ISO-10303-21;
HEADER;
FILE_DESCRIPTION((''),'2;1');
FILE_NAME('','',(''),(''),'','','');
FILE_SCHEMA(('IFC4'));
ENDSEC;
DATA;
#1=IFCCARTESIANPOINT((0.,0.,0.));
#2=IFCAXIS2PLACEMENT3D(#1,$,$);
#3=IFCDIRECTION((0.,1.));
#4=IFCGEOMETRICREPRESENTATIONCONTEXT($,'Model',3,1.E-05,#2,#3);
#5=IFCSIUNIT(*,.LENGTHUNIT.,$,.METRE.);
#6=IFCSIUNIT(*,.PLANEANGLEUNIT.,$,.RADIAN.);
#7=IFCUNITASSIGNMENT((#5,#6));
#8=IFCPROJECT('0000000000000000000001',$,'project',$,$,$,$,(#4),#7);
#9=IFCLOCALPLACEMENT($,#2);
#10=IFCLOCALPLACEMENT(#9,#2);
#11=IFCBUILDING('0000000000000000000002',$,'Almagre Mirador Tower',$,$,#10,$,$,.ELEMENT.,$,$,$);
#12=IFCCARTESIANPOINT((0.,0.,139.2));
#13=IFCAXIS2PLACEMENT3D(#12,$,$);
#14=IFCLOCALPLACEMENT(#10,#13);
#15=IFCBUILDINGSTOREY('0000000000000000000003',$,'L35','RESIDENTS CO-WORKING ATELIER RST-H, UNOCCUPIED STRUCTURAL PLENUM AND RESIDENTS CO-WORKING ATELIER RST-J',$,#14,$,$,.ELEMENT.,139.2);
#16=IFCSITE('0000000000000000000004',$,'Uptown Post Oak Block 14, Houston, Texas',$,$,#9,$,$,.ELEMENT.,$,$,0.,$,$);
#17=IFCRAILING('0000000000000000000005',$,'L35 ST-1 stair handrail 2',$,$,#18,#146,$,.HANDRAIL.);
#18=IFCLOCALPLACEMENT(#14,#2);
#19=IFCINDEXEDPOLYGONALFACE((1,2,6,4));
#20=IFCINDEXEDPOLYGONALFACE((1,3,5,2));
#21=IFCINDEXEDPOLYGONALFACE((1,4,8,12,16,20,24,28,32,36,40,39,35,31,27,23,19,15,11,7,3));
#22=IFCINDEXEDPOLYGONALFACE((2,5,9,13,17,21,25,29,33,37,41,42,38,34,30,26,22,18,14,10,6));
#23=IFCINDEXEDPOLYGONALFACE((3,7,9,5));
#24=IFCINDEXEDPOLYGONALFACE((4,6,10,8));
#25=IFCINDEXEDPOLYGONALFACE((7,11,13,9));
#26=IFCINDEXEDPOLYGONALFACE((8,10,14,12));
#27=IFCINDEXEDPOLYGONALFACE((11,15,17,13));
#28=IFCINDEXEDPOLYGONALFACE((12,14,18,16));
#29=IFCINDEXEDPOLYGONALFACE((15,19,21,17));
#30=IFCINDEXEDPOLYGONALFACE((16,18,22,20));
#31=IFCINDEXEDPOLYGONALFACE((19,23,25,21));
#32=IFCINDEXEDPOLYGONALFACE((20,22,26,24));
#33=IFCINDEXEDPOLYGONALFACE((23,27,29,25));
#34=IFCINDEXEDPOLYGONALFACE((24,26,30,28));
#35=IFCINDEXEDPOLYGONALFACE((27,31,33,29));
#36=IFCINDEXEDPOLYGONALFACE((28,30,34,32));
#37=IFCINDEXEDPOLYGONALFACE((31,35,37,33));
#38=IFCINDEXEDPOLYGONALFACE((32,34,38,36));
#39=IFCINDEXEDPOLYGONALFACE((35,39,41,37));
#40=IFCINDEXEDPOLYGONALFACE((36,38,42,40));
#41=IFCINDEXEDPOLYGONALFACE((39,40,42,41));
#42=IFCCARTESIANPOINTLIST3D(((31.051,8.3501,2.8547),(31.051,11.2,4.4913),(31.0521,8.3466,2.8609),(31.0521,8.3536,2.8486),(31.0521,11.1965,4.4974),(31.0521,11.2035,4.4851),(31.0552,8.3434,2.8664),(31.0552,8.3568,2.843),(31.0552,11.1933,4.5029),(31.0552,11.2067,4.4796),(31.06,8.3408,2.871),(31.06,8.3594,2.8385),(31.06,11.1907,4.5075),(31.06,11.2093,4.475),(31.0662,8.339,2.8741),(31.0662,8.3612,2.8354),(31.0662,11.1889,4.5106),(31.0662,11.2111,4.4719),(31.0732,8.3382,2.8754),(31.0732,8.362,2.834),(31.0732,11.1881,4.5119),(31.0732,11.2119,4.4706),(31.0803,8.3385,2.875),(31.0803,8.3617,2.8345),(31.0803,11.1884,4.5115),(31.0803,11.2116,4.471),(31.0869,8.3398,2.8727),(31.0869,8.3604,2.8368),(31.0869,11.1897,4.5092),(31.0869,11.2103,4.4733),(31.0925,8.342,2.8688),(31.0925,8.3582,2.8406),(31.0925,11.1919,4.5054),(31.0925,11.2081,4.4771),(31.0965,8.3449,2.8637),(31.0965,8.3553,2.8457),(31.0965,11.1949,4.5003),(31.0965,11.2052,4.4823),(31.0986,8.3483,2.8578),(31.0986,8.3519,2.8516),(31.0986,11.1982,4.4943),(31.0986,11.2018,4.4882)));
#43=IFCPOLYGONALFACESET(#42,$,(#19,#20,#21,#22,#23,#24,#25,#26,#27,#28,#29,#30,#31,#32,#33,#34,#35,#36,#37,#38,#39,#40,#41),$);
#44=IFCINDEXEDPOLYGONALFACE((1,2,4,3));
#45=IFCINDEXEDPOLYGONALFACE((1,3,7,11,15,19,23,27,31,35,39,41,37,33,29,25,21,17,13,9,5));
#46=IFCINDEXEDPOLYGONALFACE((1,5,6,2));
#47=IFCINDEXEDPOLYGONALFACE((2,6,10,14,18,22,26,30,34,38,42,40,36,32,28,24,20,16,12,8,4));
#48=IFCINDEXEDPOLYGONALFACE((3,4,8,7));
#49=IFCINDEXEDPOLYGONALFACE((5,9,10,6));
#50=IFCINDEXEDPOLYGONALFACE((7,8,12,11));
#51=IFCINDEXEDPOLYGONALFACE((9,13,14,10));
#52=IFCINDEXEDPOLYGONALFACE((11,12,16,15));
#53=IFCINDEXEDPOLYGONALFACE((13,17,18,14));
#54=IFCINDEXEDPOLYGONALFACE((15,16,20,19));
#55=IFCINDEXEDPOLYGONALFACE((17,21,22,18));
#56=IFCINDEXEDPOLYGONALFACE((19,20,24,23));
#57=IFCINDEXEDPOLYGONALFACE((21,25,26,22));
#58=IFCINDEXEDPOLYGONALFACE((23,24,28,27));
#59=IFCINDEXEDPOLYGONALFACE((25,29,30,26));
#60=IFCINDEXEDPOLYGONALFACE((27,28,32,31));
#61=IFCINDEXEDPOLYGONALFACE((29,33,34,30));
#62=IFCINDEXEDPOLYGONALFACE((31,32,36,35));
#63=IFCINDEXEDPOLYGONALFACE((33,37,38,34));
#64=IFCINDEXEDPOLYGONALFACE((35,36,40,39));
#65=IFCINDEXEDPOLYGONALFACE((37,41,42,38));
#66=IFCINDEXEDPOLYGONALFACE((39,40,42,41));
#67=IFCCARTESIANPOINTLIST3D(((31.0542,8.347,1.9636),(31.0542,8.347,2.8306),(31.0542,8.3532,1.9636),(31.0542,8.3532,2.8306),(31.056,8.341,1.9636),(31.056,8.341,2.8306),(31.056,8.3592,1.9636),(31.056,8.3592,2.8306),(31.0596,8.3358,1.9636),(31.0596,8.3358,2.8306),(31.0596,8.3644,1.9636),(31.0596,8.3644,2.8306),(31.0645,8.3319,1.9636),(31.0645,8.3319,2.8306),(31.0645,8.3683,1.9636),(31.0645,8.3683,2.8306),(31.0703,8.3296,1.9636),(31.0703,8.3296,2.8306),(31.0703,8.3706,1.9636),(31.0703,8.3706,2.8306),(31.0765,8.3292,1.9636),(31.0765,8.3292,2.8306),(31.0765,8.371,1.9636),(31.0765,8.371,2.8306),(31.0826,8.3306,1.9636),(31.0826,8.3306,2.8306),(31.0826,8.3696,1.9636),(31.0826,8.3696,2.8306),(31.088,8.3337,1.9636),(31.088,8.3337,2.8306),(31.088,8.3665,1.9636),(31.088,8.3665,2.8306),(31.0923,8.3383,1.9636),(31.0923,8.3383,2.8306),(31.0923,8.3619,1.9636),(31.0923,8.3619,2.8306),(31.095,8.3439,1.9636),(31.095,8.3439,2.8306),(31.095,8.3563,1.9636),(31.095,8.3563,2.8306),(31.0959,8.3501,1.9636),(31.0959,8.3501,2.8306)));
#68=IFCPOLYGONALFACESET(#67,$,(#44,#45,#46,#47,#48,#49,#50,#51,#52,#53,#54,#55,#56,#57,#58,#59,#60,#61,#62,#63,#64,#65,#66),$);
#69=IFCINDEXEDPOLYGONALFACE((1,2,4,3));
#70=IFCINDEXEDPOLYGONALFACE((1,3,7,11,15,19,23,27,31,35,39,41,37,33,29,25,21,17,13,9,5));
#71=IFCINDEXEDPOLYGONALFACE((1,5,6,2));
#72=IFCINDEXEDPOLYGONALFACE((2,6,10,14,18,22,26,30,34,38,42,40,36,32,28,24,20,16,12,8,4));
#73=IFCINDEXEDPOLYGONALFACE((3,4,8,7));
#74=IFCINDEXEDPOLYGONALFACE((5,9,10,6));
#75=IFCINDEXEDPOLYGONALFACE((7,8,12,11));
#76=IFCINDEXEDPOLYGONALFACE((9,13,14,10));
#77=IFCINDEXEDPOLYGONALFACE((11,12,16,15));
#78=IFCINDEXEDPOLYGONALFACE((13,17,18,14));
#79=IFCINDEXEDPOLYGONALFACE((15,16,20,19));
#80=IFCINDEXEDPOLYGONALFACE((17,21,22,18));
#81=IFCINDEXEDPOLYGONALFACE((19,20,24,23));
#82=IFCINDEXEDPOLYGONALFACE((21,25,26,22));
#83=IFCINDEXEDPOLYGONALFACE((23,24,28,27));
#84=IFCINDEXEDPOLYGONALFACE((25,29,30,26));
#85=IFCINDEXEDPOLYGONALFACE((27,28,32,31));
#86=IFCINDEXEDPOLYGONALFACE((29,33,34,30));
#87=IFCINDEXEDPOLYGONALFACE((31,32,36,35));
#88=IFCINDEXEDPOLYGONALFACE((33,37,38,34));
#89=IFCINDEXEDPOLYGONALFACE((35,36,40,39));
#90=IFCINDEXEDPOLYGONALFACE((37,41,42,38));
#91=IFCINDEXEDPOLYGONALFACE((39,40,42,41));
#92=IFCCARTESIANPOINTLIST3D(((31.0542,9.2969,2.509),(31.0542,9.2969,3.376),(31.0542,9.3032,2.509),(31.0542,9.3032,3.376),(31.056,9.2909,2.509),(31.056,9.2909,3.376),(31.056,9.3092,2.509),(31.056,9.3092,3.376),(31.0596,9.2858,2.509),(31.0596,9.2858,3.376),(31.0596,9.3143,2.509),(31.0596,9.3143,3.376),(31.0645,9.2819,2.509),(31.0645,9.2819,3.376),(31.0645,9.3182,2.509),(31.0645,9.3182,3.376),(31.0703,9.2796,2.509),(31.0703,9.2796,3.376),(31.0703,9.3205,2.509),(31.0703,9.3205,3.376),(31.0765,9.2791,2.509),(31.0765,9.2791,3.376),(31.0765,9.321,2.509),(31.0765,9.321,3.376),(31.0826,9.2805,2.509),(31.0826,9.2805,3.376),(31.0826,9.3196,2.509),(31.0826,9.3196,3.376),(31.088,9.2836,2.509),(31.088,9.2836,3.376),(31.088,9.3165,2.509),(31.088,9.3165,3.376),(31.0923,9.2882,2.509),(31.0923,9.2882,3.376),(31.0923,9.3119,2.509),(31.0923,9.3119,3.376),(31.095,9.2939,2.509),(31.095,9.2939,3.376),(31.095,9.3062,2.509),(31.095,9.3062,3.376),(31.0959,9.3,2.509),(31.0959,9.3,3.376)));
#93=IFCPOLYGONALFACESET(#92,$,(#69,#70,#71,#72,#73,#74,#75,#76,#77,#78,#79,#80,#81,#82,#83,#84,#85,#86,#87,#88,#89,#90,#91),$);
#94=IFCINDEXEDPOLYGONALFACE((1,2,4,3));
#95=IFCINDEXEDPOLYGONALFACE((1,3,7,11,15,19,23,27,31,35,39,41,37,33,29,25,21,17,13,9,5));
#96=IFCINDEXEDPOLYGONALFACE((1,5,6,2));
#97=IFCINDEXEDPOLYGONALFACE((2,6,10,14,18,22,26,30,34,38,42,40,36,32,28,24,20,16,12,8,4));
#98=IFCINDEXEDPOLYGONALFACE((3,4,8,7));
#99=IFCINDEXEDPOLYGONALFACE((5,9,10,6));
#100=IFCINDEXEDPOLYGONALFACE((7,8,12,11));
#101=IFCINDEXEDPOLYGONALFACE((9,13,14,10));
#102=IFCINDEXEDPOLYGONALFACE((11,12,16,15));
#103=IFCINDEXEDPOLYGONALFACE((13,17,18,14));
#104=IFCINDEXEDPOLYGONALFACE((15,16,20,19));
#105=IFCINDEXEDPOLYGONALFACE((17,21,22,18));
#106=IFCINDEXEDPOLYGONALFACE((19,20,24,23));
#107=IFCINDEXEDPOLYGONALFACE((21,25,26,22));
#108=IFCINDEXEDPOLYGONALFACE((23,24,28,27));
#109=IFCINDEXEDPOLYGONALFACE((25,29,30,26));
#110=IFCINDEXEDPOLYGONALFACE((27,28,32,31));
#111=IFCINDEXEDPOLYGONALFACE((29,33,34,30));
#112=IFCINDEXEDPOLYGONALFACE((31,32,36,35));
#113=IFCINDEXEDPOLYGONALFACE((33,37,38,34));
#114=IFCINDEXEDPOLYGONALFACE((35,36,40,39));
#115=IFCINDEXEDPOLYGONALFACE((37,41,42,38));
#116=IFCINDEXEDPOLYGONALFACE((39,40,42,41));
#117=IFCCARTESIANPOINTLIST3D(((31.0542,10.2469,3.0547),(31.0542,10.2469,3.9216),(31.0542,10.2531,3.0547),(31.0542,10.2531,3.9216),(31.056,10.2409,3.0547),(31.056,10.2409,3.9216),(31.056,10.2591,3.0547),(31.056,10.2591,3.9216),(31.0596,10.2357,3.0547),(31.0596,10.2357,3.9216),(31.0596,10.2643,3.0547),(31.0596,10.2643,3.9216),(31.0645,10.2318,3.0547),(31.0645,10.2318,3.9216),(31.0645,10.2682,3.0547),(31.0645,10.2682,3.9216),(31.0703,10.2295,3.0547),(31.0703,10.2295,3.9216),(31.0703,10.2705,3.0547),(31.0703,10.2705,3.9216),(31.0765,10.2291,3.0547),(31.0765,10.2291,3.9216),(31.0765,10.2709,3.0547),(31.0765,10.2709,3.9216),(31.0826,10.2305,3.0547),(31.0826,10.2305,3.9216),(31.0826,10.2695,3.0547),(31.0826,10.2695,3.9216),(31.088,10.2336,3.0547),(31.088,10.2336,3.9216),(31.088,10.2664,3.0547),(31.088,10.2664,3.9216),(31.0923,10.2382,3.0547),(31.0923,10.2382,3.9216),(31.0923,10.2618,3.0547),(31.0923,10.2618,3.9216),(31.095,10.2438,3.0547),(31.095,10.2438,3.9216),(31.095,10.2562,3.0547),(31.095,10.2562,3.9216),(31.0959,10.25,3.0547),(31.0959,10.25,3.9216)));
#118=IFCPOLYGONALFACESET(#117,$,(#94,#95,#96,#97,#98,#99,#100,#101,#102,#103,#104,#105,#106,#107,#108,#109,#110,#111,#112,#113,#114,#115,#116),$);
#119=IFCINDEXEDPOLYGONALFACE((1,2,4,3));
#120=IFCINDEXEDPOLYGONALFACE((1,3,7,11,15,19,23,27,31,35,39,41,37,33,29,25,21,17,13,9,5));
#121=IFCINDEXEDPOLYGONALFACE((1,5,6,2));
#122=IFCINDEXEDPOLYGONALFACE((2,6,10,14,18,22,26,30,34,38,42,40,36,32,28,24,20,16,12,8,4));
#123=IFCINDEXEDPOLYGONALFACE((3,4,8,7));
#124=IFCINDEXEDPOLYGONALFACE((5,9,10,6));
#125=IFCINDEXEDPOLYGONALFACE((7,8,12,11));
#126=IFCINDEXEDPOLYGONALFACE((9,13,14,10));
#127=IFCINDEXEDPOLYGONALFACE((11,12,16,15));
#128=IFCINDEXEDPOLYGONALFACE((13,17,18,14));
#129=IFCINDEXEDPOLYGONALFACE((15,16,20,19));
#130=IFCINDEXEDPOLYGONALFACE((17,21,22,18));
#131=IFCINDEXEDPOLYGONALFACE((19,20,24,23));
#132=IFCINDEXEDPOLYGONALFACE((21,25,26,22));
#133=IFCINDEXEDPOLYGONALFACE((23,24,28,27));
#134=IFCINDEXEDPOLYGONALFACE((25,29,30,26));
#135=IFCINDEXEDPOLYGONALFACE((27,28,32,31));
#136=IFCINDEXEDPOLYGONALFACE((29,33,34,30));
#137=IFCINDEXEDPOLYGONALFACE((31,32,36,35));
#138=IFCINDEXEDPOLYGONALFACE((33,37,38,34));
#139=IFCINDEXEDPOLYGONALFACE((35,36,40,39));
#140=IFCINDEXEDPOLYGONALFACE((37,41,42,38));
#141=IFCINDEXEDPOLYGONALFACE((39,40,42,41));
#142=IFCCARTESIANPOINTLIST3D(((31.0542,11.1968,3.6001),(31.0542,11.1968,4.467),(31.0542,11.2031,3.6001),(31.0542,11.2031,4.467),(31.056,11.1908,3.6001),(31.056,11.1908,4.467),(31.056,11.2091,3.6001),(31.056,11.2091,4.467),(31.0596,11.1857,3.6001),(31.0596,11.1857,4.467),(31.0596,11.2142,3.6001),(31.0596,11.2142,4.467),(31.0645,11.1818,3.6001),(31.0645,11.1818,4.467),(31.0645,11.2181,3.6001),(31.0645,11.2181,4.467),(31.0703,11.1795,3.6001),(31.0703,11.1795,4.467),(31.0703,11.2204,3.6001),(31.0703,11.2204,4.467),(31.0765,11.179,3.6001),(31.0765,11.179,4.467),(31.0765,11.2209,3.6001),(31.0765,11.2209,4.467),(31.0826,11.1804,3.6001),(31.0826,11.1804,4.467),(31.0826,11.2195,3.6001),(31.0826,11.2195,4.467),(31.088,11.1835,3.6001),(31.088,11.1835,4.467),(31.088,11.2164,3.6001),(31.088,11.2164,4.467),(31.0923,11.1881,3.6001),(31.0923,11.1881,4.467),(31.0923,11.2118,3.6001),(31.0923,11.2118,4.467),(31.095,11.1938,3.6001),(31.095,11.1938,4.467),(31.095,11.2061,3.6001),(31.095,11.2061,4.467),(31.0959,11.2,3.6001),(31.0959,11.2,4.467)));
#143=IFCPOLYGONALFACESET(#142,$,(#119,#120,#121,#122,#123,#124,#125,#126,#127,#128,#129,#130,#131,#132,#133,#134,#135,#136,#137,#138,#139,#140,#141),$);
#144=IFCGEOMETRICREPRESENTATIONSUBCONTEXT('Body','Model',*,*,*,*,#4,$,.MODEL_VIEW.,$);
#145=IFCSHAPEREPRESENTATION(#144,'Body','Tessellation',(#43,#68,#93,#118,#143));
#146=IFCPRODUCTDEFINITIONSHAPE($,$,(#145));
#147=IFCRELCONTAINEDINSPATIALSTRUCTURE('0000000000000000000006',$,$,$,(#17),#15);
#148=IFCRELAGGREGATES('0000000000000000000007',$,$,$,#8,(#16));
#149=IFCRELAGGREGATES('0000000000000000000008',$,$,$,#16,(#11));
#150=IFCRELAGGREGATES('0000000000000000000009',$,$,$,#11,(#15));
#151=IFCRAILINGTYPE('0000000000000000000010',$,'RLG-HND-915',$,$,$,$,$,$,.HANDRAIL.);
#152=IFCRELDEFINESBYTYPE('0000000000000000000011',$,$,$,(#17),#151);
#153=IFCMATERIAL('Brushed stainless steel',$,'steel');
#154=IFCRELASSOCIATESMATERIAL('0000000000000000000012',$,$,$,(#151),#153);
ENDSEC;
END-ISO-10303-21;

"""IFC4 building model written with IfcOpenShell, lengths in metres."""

from ifc_helpers import new_model, si_unit, direction, frame, origin, origin_2d, place, context, subcontext, project, spatial, circle, extrude, material, type_object, element, save


model = new_model("IFC4")

# Units and contexts
model_context = context("Model", 3, precision=1e-05, world=origin(), true_north=direction((0.0, 1.0)))
body_context = subcontext(model_context, "Body", "Model", "MODEL_VIEW")
ifc_project = project(units=[si_unit("LENGTHUNIT", "METRE"), si_unit("PLANEANGLEUNIT", "RADIAN")], contexts=[model_context])

# Site, building, storey
site_placement = place(None, origin())
site = spatial("IfcSite", under=ifc_project, at=site_placement, Name="Uptown Post Oak Block 14, Houston, Texas", CompositionType="ELEMENT", RefElevation=0.0)
building_placement = place(site_placement, origin())
building = spatial("IfcBuilding", under=site, at=building_placement, Name="Almagre Mirador Tower", CompositionType="ELEMENT")
storey_placement = place(building_placement, frame((0.0, 0.0, 139.2)))
storey = spatial("IfcBuildingStorey", under=building, at=storey_placement, Name="L35", Description="RESIDENTS CO-WORKING ATELIER RST-H, UNOCCUPIED STRUCTURAL PLENUM AND RESIDENTS CO-WORKING ATELIER RST-J", CompositionType="ELEMENT", Elevation=139.2)

# Railing
ifc_material_1 = material(Name="Brushed stainless steel", Category="steel")
railing_type_1 = type_object("IfcRailingType", Name="RLG-HND-915", PredefinedType="HANDRAIL", material=ifc_material_1)
railing_1_placement = place(storey_placement, frame((31.075, 8.3501, 1.9636)))
element("IfcRailing", 1, at=railing_1_placement, inside=storey, type_object=railing_type_1, Name="L35 ST-1 stair handrail 2", PredefinedType="HANDRAIL", context=body_context, shape_type="SweptSolid", body=[
    extrude(circle(Radius=0.0239, at=origin_2d()), frame((0.0, 0.0, 0.8911), z_axis=(0.0, 0.867194, 0.49797), x_axis=(-1.0, 0.0, 0.0)), (0.0, 0.0, 1.0), 3.2864),
    extrude(circle(Radius=0.021, at=origin_2d()), origin(), (0.0, 0.0, 1.0), 0.8669),
    extrude(circle(Radius=0.021, at=origin_2d()), frame((0.0, 0.95, 0.5454)), (0.0, 0.0, 1.0), 0.8669),
    extrude(circle(Radius=0.021, at=origin_2d()), frame((0.0, 1.8999, 1.0911)), (0.0, 0.0, 1.0), 0.8669),
    extrude(circle(Radius=0.021, at=origin_2d()), frame((0.0, 2.8499, 1.6365)), (0.0, 0.0, 1.0), 0.8669),
])

save(model, "model.ifc")
